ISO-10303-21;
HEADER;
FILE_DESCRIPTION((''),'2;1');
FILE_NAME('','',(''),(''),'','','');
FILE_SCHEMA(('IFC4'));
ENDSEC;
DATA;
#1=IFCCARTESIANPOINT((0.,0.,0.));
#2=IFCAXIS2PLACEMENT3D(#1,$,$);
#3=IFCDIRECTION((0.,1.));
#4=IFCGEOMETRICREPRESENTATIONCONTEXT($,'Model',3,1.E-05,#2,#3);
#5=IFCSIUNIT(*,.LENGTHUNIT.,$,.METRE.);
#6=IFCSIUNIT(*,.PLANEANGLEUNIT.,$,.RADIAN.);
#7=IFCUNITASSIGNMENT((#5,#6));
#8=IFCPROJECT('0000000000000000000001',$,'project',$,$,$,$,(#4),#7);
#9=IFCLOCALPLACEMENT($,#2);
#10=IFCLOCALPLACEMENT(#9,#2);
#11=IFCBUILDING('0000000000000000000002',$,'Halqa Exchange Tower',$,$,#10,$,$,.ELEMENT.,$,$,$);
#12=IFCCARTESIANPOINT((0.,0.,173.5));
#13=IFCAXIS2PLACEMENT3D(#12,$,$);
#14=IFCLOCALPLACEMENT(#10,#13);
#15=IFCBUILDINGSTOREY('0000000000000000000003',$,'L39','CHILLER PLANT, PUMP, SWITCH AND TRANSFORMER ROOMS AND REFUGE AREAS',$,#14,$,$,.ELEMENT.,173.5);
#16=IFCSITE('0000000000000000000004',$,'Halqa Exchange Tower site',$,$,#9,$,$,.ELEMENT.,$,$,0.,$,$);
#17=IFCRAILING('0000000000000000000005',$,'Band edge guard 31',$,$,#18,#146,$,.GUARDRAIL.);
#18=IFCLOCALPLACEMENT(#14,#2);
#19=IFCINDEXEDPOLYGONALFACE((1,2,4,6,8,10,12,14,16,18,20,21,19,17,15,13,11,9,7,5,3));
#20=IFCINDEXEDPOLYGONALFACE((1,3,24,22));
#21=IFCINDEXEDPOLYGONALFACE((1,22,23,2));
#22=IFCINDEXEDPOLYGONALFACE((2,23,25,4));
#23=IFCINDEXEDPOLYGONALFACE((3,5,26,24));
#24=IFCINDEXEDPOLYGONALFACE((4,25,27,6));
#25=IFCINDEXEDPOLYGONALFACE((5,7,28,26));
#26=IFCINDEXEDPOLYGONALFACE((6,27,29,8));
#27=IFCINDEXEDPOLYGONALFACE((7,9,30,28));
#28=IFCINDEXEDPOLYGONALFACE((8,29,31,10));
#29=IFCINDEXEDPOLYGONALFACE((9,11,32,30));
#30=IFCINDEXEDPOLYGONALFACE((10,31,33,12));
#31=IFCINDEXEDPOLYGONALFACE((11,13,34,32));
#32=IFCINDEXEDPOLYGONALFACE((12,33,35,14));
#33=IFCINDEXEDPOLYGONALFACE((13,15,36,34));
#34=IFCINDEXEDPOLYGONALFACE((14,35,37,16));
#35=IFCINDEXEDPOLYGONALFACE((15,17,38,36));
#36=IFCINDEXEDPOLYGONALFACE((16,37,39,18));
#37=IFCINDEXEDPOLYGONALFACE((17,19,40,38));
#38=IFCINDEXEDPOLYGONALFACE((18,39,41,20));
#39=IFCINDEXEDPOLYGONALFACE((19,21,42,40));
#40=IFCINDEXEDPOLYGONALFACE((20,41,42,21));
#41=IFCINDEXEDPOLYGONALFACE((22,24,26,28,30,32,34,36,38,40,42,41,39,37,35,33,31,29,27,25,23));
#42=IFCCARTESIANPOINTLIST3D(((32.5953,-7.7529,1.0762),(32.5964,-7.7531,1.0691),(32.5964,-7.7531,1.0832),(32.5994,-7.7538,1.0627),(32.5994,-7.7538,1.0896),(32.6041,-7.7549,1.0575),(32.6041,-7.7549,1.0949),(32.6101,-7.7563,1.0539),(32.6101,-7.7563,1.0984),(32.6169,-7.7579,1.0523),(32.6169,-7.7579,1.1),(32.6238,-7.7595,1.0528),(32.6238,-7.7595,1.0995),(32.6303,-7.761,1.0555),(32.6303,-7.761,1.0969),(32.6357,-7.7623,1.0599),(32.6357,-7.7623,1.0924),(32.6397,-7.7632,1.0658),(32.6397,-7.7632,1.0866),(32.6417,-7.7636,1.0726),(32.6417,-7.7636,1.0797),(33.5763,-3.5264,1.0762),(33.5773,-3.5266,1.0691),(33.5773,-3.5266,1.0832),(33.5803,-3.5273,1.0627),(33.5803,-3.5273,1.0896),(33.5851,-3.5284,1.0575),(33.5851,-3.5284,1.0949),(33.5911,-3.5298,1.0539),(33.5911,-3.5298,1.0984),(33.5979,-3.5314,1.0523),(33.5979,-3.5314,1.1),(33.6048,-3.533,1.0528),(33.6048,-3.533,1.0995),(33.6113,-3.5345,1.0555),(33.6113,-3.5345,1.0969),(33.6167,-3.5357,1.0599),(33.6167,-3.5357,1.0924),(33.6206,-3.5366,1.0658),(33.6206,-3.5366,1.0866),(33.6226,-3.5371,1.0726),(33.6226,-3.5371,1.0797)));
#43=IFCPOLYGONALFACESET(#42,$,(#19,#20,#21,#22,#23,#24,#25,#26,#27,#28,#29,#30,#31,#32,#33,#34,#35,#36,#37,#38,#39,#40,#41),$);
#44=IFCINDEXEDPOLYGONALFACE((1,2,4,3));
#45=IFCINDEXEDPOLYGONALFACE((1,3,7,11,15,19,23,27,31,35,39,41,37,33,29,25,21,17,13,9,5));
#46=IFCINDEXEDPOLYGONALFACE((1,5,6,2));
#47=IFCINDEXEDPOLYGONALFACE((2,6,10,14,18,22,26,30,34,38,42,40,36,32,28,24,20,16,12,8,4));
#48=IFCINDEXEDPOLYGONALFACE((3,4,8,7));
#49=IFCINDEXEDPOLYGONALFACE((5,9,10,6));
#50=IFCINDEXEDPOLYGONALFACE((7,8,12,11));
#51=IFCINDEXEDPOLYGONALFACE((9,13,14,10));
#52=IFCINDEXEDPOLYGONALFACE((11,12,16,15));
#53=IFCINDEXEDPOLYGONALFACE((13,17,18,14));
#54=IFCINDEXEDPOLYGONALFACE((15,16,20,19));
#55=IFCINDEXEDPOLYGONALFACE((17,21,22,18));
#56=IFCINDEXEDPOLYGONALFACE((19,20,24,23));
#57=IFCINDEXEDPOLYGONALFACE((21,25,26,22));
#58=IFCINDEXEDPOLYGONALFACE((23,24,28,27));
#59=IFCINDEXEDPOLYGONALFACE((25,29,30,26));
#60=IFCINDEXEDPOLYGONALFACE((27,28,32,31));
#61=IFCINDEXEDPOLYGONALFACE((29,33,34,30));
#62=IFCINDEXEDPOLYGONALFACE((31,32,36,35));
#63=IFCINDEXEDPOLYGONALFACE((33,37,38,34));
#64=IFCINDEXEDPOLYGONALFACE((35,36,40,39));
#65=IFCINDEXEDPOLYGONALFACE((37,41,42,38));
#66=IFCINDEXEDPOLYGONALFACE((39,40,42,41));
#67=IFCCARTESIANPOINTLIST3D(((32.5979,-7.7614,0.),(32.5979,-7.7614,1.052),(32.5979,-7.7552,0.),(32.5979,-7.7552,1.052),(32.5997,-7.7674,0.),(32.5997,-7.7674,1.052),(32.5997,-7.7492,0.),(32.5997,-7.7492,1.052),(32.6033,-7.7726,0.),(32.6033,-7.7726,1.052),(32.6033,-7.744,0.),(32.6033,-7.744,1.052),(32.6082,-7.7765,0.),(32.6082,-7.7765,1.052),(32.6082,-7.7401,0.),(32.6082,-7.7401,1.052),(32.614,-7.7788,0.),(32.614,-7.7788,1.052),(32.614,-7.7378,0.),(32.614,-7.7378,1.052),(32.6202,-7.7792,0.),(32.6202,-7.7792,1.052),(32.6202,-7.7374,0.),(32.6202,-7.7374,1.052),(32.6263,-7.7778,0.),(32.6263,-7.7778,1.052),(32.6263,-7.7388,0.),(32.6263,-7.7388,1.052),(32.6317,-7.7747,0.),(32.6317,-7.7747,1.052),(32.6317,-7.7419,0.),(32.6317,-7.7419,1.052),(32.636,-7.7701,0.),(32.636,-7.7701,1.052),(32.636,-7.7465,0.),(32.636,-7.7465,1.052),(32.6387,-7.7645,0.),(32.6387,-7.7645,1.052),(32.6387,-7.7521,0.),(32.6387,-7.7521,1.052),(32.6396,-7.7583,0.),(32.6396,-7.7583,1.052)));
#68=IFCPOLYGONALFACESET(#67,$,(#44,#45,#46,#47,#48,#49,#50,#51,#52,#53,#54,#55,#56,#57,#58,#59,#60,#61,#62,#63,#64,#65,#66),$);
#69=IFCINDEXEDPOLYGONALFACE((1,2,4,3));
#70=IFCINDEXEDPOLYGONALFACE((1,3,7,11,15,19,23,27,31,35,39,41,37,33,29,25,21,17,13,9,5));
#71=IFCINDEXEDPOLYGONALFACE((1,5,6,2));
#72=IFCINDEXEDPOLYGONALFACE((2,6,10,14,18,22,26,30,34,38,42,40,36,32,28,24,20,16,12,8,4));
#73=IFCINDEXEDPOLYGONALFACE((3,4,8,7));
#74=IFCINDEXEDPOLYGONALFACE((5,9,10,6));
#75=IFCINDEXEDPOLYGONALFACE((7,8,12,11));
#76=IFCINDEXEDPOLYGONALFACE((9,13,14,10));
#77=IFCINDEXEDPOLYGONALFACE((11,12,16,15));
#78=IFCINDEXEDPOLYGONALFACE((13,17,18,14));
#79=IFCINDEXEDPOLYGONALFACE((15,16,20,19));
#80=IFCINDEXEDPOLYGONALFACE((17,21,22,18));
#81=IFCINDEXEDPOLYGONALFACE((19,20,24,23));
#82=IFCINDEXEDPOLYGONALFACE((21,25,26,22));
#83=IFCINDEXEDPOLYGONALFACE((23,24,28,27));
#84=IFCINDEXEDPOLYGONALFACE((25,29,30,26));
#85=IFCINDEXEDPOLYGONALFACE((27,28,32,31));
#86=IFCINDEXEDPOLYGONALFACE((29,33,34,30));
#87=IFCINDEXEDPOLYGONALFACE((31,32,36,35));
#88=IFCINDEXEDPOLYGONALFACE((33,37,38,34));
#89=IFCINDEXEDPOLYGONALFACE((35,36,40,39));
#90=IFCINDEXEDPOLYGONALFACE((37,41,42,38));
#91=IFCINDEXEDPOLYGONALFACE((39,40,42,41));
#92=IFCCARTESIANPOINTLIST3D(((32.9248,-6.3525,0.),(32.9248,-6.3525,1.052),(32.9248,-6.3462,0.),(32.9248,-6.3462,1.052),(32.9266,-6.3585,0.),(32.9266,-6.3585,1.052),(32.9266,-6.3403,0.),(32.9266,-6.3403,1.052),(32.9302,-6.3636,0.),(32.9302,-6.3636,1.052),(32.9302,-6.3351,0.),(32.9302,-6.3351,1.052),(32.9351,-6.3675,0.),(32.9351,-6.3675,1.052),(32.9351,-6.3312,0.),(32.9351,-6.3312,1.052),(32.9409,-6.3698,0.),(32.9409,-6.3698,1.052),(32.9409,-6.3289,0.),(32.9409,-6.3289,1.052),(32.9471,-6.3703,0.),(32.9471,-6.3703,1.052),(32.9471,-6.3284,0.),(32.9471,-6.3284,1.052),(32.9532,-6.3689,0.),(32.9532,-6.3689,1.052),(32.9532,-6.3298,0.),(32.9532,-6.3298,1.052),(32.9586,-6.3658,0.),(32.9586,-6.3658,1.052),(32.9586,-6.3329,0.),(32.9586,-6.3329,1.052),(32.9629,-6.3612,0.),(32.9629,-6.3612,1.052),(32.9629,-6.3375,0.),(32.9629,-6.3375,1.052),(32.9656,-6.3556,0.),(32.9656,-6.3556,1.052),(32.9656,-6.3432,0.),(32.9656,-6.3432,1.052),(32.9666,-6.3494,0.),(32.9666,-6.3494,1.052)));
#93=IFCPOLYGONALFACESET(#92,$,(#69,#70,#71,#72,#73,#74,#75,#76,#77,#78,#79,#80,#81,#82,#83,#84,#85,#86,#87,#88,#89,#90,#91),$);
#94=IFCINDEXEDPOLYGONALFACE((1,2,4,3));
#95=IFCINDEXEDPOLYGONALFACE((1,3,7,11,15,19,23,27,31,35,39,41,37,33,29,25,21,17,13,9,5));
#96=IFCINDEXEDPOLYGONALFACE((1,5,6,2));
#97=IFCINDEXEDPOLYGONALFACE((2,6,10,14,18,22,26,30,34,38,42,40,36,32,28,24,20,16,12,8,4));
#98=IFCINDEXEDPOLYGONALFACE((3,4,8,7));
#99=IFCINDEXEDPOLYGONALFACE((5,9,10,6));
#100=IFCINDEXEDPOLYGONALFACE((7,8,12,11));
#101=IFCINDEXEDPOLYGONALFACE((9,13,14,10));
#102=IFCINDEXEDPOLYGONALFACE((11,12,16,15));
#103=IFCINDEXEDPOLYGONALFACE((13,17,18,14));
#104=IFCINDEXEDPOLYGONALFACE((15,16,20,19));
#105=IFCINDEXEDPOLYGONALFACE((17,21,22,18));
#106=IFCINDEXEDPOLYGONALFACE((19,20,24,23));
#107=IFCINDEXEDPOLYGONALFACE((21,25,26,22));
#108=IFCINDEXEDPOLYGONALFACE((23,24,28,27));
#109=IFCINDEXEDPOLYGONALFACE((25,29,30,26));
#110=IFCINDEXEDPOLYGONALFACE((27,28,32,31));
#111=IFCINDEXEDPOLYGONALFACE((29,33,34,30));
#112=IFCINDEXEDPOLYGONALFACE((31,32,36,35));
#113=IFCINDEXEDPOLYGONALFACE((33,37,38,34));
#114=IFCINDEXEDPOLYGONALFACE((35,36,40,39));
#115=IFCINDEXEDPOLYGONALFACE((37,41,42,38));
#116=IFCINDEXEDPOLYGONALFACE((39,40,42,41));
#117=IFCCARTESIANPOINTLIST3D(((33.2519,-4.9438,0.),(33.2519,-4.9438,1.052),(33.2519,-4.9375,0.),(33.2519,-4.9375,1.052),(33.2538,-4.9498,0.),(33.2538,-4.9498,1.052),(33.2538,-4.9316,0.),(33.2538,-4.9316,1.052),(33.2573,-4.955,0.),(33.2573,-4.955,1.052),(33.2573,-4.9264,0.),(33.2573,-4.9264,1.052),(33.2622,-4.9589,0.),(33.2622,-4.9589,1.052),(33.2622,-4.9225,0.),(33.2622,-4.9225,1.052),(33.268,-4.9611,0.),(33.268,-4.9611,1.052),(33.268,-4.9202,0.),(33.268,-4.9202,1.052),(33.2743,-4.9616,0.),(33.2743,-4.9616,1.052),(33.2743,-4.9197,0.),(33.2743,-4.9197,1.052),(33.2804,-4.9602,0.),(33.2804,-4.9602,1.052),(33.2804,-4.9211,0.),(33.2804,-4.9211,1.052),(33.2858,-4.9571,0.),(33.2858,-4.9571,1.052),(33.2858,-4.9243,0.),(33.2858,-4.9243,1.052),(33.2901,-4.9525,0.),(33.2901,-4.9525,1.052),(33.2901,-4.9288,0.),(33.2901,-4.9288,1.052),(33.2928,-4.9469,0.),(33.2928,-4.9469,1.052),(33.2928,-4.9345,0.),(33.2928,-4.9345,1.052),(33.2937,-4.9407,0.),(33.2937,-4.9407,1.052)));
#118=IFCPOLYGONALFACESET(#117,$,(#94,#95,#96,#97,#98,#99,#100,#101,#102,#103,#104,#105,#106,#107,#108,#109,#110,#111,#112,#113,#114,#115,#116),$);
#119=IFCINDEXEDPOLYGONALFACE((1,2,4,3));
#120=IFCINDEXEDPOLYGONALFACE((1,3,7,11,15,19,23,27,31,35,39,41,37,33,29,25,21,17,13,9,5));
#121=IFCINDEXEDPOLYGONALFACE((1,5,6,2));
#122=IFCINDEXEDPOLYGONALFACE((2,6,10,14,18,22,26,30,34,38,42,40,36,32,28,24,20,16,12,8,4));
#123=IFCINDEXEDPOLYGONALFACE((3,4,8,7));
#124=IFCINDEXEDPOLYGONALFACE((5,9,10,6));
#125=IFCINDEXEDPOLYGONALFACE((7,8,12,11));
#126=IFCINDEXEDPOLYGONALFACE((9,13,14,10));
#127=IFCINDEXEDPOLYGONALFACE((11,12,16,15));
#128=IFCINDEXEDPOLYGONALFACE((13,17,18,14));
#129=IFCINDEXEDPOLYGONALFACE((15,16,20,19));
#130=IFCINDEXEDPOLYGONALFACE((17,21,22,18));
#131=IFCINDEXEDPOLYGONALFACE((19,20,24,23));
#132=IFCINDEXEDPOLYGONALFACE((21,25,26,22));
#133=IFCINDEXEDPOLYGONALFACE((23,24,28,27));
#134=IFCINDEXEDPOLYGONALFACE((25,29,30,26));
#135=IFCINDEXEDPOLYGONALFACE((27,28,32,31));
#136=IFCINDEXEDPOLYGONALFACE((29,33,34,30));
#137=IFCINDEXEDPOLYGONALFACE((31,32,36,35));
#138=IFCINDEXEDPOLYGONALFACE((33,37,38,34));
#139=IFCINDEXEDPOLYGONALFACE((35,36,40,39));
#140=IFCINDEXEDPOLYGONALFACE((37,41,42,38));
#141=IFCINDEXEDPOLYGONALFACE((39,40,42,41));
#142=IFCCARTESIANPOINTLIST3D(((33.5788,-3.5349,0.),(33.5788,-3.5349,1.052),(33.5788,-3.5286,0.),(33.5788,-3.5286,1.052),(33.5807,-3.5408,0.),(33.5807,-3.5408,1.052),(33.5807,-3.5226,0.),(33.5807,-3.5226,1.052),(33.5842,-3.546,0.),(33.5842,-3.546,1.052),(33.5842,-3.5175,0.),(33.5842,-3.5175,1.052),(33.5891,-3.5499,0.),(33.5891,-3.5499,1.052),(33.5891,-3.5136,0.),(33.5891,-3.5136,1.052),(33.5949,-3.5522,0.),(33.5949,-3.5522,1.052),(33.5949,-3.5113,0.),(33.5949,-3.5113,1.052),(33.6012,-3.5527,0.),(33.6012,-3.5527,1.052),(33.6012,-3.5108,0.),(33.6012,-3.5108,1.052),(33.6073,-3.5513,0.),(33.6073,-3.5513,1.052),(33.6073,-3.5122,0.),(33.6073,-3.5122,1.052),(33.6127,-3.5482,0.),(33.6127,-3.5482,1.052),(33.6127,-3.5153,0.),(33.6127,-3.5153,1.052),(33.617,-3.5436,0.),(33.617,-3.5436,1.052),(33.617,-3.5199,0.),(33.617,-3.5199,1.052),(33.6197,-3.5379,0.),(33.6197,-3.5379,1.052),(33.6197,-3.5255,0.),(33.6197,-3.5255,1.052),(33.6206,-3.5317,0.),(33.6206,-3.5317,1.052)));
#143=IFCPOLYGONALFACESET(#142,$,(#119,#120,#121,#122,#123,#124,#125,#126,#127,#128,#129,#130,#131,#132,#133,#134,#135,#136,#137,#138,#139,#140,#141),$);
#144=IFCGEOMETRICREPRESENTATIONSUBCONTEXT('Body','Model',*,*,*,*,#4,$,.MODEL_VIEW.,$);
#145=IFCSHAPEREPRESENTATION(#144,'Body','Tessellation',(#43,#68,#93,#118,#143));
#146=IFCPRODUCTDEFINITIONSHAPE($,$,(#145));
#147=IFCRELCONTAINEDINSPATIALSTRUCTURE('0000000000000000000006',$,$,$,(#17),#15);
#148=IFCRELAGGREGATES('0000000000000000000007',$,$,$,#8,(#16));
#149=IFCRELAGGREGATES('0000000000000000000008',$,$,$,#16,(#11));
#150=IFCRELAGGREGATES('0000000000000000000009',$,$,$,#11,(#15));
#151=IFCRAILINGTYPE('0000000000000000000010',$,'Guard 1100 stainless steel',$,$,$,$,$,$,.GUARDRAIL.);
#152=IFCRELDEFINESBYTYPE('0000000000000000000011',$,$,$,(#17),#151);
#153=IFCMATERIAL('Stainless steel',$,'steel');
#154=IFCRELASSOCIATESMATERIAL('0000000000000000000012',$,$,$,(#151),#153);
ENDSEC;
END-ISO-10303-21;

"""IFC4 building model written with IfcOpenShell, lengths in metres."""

from ifc_helpers import new_model, si_unit, direction, frame, origin, origin_2d, place, context, subcontext, project, spatial, circle, extrude, material, type_object, element, save


model = new_model("IFC4")

# Units and contexts
model_context = context("Model", 3, precision=1e-05, world=origin(), true_north=direction((0.0, 1.0)))
body_context = subcontext(model_context, "Body", "Model", "MODEL_VIEW")
ifc_project = project(units=[si_unit("LENGTHUNIT", "METRE"), si_unit("PLANEANGLEUNIT", "RADIAN")], contexts=[model_context])

# Site, building, storey
site_placement = place(None, origin())
site = spatial("IfcSite", under=ifc_project, at=site_placement, Name="Halqa Exchange Tower site", CompositionType="ELEMENT", RefElevation=0.0)
building_placement = place(site_placement, origin())
building = spatial("IfcBuilding", under=site, at=building_placement, Name="Halqa Exchange Tower", CompositionType="ELEMENT")
storey_placement = place(building_placement, frame((0.0, 0.0, 173.5)))
storey = spatial("IfcBuildingStorey", under=building, at=storey_placement, Name="L39", Description="CHILLER PLANT, PUMP, SWITCH AND TRANSFORMER ROOMS AND REFUGE AREAS", CompositionType="ELEMENT", Elevation=173.5)

# Railing
ifc_material_1 = material(Name="Stainless steel", Category="steel")
railing_type = type_object("IfcRailingType", Name="Guard 1100 stainless steel", PredefinedType="GUARDRAIL", material=ifc_material_1)
railing_1_placement = place(storey_placement, frame((32.6187, -7.7583, 0.0)))
element("IfcRailing", 1, at=railing_1_placement, inside=storey, type_object=railing_type, Name="Band edge guard 31", PredefinedType="GUARDRAIL", context=body_context, shape_type="SweptSolid", body=[
    extrude(circle(Radius=0.0239, at=origin_2d()), frame((0.0, 0.0, 1.0762), z_axis=(0.226084, 0.974108, 0.0), x_axis=(-0.974108, 0.226084, 0.0)), (0.0, 0.0, 1.0), 4.3389),
    extrude(circle(Radius=0.021, at=origin_2d()), origin(), (0.0, 0.0, 1.0), 1.052),
    extrude(circle(Radius=0.021, at=origin_2d()), frame((0.3269, 1.4089, 0.0)), (0.0, 0.0, 1.0), 1.052),
    extrude(circle(Radius=0.021, at=origin_2d()), frame((0.6541, 2.8176, 0.0)), (0.0, 0.0, 1.0), 1.052),
    extrude(circle(Radius=0.021, at=origin_2d()), frame((0.981, 4.2266, 0.0)), (0.0, 0.0, 1.0), 1.052),
])

save(model, "model.ifc")
